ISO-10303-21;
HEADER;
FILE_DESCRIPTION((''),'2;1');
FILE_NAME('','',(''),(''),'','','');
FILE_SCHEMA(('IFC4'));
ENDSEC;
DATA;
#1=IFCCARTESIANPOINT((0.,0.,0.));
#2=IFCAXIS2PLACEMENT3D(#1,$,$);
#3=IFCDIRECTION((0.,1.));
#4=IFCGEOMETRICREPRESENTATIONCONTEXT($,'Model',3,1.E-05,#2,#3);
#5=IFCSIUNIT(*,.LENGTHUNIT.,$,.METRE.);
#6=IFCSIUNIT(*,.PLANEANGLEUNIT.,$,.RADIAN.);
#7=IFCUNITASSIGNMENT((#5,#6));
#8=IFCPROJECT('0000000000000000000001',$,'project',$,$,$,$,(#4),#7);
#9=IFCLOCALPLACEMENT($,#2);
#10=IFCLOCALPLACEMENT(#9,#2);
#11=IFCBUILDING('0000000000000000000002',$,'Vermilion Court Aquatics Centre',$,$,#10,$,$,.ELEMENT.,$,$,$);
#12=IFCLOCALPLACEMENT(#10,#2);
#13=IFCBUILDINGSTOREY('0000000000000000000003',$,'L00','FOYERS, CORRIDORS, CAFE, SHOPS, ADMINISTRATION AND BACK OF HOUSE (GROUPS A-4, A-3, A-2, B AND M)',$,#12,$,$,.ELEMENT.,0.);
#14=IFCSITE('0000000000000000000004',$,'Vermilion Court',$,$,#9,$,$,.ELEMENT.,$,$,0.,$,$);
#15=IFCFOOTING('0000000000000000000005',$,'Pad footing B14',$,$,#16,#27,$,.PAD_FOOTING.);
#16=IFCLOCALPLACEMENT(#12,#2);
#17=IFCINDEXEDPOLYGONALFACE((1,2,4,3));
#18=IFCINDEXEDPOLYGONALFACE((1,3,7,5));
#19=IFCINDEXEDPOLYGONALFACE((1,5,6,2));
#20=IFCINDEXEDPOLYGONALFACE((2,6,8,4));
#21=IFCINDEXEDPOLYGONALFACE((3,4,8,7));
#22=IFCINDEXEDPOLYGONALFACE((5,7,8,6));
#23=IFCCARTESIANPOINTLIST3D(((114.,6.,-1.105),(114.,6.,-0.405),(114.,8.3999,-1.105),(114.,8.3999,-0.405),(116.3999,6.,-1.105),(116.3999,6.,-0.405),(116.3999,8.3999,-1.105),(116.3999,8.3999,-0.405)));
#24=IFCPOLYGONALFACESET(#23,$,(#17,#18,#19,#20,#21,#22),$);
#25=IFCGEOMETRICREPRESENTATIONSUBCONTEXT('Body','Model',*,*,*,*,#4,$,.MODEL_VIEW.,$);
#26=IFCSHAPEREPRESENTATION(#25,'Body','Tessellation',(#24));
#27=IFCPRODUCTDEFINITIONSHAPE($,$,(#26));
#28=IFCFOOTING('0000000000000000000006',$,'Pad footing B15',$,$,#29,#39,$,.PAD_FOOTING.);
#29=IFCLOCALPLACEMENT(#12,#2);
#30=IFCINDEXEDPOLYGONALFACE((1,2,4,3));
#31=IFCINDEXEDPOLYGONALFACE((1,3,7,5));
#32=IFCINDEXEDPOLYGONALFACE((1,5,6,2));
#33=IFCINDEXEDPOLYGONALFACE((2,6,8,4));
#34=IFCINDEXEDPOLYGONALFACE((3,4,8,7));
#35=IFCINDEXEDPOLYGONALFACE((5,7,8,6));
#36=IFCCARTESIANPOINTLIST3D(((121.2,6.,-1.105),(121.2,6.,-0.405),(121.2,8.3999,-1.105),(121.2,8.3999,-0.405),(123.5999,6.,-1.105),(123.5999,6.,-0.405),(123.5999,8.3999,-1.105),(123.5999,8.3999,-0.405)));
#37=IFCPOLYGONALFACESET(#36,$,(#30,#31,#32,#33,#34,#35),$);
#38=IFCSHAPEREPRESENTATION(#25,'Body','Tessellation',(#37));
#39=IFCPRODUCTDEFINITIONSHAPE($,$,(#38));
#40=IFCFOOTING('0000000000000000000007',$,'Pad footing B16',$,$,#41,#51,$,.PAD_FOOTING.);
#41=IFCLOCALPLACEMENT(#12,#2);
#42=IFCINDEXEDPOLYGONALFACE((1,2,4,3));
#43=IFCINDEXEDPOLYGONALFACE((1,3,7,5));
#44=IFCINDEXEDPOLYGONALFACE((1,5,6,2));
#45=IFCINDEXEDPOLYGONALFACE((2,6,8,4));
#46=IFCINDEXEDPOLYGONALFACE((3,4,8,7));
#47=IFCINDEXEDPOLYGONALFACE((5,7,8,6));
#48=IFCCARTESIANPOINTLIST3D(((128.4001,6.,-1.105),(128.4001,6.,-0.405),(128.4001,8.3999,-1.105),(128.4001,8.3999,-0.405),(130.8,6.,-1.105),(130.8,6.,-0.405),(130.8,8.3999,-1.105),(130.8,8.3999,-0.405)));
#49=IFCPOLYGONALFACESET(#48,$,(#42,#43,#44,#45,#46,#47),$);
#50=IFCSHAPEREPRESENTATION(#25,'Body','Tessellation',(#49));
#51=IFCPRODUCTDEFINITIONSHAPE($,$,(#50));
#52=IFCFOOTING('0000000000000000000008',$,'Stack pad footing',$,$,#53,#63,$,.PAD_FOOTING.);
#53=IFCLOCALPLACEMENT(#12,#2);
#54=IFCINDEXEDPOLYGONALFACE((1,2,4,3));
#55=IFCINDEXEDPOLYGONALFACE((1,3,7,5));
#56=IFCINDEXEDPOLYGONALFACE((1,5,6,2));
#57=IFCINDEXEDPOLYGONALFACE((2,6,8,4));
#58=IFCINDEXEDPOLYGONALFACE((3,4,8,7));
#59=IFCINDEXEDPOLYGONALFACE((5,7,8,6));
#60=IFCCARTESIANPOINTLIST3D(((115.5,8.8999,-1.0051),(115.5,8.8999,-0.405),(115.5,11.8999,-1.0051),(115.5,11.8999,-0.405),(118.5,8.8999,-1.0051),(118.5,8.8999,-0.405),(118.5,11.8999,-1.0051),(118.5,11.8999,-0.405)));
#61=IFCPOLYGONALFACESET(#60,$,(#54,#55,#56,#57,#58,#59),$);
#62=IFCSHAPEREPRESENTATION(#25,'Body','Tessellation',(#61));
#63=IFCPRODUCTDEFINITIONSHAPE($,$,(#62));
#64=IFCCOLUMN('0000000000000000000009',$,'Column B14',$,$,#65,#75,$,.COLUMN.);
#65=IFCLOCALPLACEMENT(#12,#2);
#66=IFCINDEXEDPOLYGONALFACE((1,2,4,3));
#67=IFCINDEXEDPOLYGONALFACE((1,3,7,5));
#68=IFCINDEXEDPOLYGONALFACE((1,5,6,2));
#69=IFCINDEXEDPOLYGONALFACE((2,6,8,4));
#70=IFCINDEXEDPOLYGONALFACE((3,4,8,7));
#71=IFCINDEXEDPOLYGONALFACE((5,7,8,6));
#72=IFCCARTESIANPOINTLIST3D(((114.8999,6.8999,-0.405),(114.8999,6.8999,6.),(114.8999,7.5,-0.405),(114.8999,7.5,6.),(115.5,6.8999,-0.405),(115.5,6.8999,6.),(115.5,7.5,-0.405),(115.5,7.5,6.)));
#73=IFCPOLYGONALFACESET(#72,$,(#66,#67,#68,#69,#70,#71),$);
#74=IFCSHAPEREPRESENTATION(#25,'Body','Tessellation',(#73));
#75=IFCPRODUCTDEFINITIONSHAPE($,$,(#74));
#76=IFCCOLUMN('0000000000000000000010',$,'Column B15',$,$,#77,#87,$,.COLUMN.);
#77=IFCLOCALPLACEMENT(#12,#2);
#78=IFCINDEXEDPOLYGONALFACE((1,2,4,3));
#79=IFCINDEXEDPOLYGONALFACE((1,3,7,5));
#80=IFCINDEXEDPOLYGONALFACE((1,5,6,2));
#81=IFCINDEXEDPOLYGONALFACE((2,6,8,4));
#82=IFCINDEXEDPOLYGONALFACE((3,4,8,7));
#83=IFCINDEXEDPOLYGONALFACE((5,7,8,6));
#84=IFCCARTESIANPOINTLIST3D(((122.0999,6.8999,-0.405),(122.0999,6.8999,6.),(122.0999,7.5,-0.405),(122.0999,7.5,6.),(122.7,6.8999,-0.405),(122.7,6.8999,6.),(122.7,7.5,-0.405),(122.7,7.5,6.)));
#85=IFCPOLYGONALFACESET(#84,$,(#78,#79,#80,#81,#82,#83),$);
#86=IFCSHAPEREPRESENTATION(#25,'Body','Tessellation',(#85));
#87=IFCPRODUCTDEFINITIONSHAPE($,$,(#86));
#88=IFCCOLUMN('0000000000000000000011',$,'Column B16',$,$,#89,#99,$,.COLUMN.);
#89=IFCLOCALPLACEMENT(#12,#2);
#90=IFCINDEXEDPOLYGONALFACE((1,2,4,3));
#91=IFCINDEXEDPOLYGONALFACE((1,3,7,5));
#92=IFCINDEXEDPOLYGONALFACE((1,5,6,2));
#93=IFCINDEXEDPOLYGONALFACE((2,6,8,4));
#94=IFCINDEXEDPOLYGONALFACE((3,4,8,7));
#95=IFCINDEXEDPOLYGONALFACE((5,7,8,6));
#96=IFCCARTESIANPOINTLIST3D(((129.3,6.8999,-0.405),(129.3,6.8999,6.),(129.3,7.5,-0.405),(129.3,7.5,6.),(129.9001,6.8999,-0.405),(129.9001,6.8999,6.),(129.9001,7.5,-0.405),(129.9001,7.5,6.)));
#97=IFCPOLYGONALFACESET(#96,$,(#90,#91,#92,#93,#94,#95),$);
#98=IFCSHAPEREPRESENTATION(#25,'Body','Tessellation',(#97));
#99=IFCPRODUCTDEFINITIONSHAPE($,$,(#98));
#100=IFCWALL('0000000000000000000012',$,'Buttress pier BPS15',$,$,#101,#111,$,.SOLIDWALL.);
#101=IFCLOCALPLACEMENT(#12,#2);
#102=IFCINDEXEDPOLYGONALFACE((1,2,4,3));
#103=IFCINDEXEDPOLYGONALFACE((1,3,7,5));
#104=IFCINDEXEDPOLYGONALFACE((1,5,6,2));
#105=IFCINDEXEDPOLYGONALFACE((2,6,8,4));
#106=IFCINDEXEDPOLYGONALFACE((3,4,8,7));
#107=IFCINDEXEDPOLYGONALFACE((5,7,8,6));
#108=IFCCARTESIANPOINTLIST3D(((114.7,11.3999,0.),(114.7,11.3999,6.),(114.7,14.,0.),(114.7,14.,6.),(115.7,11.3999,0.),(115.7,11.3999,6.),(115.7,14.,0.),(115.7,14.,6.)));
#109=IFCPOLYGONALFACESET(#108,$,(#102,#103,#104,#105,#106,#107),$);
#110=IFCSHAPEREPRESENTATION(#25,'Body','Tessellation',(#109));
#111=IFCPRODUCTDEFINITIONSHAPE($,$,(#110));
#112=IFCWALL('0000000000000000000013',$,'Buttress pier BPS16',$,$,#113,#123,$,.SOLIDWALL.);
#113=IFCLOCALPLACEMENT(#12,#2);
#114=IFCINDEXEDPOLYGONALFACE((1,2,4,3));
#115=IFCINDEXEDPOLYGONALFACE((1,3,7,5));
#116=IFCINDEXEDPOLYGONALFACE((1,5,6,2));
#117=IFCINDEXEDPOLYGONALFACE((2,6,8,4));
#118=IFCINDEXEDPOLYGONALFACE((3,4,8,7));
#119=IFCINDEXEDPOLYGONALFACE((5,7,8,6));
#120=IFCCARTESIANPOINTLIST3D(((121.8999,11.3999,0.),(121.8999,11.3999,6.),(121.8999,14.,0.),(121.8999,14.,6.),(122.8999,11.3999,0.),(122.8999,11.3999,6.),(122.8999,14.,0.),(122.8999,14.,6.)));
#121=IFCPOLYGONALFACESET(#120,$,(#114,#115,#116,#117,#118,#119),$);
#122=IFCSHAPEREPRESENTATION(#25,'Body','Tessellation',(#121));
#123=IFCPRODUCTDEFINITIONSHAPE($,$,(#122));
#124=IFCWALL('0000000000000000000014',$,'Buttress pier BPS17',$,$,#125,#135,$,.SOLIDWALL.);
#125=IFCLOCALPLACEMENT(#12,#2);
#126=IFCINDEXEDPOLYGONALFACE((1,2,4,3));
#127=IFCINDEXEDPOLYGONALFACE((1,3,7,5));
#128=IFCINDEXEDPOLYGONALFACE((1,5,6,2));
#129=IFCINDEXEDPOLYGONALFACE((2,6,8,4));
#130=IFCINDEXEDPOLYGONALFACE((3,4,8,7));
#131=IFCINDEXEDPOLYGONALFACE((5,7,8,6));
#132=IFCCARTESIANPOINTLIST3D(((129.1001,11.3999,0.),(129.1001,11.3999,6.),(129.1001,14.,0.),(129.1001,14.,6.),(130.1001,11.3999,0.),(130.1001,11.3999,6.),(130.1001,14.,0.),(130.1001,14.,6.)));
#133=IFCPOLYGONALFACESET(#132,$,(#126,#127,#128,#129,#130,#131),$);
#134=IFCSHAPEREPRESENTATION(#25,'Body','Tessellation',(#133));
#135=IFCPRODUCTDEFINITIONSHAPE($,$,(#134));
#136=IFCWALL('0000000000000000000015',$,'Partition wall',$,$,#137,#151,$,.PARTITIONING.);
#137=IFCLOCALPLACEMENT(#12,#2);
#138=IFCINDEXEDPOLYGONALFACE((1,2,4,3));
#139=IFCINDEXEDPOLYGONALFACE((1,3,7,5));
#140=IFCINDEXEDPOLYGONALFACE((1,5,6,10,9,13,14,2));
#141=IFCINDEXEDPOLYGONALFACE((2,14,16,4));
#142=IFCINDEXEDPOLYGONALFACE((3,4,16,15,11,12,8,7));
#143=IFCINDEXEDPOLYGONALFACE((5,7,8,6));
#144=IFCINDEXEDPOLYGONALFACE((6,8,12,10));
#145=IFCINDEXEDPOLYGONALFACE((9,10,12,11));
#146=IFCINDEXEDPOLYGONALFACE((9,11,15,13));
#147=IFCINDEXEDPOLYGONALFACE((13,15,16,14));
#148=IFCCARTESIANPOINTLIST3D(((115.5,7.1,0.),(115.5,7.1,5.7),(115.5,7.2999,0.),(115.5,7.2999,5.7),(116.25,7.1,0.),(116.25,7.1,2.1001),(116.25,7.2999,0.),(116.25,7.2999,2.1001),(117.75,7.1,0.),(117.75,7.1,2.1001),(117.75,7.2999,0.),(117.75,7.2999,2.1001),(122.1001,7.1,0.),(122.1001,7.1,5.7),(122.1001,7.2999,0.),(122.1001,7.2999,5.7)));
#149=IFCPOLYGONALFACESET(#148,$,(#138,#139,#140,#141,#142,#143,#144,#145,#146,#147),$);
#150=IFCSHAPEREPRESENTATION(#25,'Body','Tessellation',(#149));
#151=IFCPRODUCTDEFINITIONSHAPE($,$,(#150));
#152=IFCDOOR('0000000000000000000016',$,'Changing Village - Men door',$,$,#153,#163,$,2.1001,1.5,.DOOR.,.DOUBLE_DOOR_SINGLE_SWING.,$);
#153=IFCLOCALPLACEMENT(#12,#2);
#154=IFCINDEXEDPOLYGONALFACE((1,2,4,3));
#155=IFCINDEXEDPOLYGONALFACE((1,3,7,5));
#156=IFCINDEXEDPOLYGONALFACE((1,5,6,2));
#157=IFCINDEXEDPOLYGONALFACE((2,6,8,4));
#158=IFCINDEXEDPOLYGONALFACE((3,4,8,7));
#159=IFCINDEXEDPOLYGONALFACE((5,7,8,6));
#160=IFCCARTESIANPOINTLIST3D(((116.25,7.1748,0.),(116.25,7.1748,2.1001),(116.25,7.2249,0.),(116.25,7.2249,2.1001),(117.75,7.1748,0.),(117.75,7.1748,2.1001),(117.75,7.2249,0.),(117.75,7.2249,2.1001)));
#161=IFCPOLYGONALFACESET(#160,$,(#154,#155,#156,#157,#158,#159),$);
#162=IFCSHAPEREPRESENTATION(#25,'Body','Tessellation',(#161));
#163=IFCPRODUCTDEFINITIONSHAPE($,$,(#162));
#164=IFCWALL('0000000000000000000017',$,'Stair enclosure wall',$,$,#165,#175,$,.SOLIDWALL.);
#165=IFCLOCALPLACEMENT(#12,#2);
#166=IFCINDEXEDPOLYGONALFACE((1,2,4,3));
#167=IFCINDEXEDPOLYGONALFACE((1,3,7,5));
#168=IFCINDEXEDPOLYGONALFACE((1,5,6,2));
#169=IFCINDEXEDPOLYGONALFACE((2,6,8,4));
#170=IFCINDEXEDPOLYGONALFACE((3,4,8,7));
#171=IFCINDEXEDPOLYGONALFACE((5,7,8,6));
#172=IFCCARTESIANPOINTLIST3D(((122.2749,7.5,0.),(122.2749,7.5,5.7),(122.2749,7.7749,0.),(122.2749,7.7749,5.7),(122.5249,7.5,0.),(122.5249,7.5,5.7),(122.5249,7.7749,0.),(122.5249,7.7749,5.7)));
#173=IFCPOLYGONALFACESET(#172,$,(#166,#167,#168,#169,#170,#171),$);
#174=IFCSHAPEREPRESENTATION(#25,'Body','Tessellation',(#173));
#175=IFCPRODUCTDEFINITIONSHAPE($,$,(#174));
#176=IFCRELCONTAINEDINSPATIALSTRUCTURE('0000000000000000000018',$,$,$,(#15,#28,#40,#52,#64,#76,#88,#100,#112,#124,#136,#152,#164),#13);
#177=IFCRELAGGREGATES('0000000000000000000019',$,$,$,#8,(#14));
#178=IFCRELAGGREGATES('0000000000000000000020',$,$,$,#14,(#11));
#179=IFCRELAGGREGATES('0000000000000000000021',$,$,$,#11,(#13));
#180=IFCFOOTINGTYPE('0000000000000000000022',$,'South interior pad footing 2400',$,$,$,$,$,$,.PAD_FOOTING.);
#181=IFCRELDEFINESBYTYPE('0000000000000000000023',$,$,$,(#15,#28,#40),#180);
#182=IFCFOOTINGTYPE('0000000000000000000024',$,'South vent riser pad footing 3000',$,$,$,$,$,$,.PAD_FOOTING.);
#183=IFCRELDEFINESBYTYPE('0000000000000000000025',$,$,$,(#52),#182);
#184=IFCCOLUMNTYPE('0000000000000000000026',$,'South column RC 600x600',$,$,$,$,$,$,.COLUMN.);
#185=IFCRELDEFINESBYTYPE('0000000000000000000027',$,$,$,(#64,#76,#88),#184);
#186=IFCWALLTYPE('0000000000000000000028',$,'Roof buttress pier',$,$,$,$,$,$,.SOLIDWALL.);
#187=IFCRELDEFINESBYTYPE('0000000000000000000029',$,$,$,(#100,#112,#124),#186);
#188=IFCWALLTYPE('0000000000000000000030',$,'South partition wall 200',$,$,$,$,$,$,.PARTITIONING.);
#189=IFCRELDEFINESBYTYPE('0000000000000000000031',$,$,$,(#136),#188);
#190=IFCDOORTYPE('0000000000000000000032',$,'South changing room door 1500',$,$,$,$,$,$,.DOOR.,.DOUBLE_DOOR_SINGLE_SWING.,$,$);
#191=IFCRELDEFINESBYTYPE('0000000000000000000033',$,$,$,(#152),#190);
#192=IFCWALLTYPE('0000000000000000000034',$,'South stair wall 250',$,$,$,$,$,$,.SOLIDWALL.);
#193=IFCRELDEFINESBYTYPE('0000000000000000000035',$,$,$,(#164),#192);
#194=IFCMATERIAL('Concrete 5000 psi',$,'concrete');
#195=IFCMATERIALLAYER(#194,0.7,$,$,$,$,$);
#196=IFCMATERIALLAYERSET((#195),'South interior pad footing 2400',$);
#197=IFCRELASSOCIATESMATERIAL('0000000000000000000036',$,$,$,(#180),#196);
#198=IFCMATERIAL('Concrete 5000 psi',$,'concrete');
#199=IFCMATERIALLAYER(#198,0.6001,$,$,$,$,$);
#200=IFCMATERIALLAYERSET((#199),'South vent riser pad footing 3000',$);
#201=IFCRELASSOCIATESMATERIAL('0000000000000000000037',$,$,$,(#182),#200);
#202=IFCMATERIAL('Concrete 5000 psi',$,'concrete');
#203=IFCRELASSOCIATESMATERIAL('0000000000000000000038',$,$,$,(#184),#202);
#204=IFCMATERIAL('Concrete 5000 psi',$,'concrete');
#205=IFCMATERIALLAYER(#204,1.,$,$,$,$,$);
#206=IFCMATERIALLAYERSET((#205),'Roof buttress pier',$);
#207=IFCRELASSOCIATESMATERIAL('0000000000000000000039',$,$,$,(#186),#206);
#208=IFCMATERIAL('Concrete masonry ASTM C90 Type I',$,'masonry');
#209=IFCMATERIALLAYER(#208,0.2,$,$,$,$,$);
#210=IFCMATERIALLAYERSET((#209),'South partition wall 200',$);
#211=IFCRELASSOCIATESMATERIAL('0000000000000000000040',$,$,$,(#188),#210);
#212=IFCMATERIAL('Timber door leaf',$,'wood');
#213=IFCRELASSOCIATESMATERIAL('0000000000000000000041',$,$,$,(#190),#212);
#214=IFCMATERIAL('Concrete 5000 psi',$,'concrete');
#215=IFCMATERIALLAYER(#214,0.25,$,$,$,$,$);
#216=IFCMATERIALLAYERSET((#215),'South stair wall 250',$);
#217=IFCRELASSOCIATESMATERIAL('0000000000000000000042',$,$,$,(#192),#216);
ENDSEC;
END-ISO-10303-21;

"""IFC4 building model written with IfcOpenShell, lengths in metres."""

from ifc_helpers import new_model, si_unit, direction, frame, frame_2d, origin, origin_2d, place, context, subcontext, project, spatial, rectangle, extrude, material, layer, layer_set, material_profile, profile_set, type_object, element, fill, save


model = new_model("IFC4")

# Units and contexts
model_context = context("Model", 3, precision=1e-05, world=origin(), true_north=direction((0.0, 1.0)))
body_context = subcontext(model_context, "Body", "Model", "MODEL_VIEW")
ifc_project = project(units=[si_unit("LENGTHUNIT", "METRE"), si_unit("PLANEANGLEUNIT", "RADIAN")], contexts=[model_context])

# Site, building, storey
site_placement = place(None, origin())
site = spatial("IfcSite", under=ifc_project, at=site_placement, Name="Vermilion Court", CompositionType="ELEMENT", RefElevation=0.0)
building_placement = place(site_placement, origin())
building = spatial("IfcBuilding", under=site, at=building_placement, Name="Vermilion Court Aquatics Centre", CompositionType="ELEMENT")
storey_placement = place(building_placement, origin())
storey = spatial("IfcBuildingStorey", under=building, at=storey_placement, Name="L00", Description="FOYERS, CORRIDORS, CAFE, SHOPS, ADMINISTRATION AND BACK OF HOUSE (GROUPS A-4, A-3, A-2, B AND M)", CompositionType="ELEMENT", Elevation=0.0)

# Footings
ifc_material_1 = material(Name="Concrete 5000 psi", Category="concrete")
ifc_layer_1 = layer(ifc_material_1, 0.7)
ifc_layer_set_1 = layer_set([ifc_layer_1], Name="South interior pad footing 2400")
footing_type_1 = type_object("IfcFootingType", Name="South interior pad footing 2400", PredefinedType="PAD_FOOTING", material=ifc_layer_set_1)
for number, where, z_axis, x_axis, name in (
    (1, (115.2, 7.2, -1.105), (0.0, 0.0, 1.0), (1.0, 0.0, 0.0), "Pad footing B14"),
    (2, (122.3999, 7.2, -1.105), (0.0, 0.0, 1.0), (1.0, 0.0, 0.0), "Pad footing B15"),
    (3, (129.6001, 7.2, -1.105), (0.0, 0.0, 1.0), (1.0, 0.0, 0.0), "Pad footing B16"),
):
    element("IfcFooting", number, at=place(storey_placement, frame(where, z_axis=z_axis, x_axis=x_axis)), inside=storey, type_object=footing_type_1, Name=name, PredefinedType="PAD_FOOTING", context=body_context, shape_type="SweptSolid", body=[
        extrude(rectangle(XDim=2.3999, YDim=2.3999, at=origin_2d()), origin(), (0.0, 0.0, 1.0), 0.7),
    ])
ifc_material_2 = material(Name="Concrete 5000 psi", Category="concrete")
ifc_layer_2 = layer(ifc_material_2, 0.6001)
ifc_layer_set_2 = layer_set([ifc_layer_2], Name="South vent riser pad footing 3000")
footing_type_2 = type_object("IfcFootingType", Name="South vent riser pad footing 3000", PredefinedType="PAD_FOOTING", material=ifc_layer_set_2)
footing_placement = place(storey_placement, frame((117.0, 10.3999, -1.0051), z_axis=(0.0, 0.0, 1.0), x_axis=(1.0, 0.0, 0.0)))
element("IfcFooting", 4, at=footing_placement, inside=storey, type_object=footing_type_2, Name="Stack pad footing", PredefinedType="PAD_FOOTING", context=body_context, shape_type="SweptSolid", body=[
    extrude(rectangle(XDim=3.0, YDim=3.0, at=origin_2d()), origin(), (0.0, 0.0, 1.0), 0.6001),
])

# Columns
ifc_material_3 = material(Name="Concrete 5000 psi", Category="concrete")
ifc_material_profile = material_profile(ifc_material_3, rectangle(XDim=0.6001, YDim=0.6001, at=origin_2d()), Name="RC 600x600")
ifc_profile_set = profile_set([ifc_material_profile], Name="Concrete 5000 psi")
column_type = type_object("IfcColumnType", Name="South column RC 600x600", PredefinedType="COLUMN", material=ifc_profile_set)
for number, where, z_axis, x_axis, name in (
    (5, (115.2, 7.2, -0.405), (0.0, 0.0, 1.0), (1.0, 0.0, 0.0), "Column B14"),
    (6, (122.3999, 7.2, -0.405), (0.0, 0.0, 1.0), (1.0, 0.0, 0.0), "Column B15"),
    (7, (129.6001, 7.2, -0.405), (0.0, 0.0, 1.0), (1.0, 0.0, 0.0), "Column B16"),
):
    element("IfcColumn", number, at=place(storey_placement, frame(where, z_axis=z_axis, x_axis=x_axis)), inside=storey, type_object=column_type, Name=name, PredefinedType="COLUMN", context=body_context, shape_type="SweptSolid", body=[
        extrude(rectangle(XDim=0.6001, YDim=0.6001, at=origin_2d()), origin(), (0.0, 0.0, 1.0), 6.405),
    ])

# Walls
ifc_material_4 = material(Name="Concrete 5000 psi", Category="concrete")
ifc_layer_3 = layer(ifc_material_4, 1.0)
ifc_layer_set_3 = layer_set([ifc_layer_3], Name="Roof buttress pier")
wall_type_1 = type_object("IfcWallType", Name="Roof buttress pier", PredefinedType="SOLIDWALL", material=ifc_layer_set_3)
for number, where, z_axis, x_axis, name in (
    (8, (115.2, 11.3999, 0.0), (0.0, 0.0, 1.0), (0.0, 1.0, 0.0), "Buttress pier BPS15"),
    (9, (122.3999, 11.3999, 0.0), (0.0, 0.0, 1.0), (0.0, 1.0, 0.0), "Buttress pier BPS16"),
    (10, (129.6001, 11.3999, 0.0), (0.0, 0.0, 1.0), (0.0, 1.0, 0.0), "Buttress pier BPS17"),
):
    element("IfcWall", number, at=place(storey_placement, frame(where, z_axis=z_axis, x_axis=x_axis)), inside=storey, type_object=wall_type_1, Name=name, PredefinedType="SOLIDWALL", context=body_context, shape_type="SweptSolid", body=[
        extrude(rectangle(XDim=2.6001, YDim=1.0, at=frame_2d((1.3, 0.0))), origin(), (0.0, 0.0, 1.0), 6.0),
    ])

# Wall, opening, door
ifc_material_5 = material(Name="Concrete masonry ASTM C90 Type I", Category="masonry")
ifc_layer_4 = layer(ifc_material_5, 0.2)
ifc_layer_set_4 = layer_set([ifc_layer_4], Name="South partition wall 200")
wall_type_2 = type_object("IfcWallType", Name="South partition wall 200", PredefinedType="PARTITIONING", material=ifc_layer_set_4)
wall_1_placement = place(storey_placement, frame((115.5, 7.2, 0.0), z_axis=(0.0, 0.0, 1.0), x_axis=(1.0, 0.0, 0.0)))
wall_1 = element("IfcWall", 11, at=wall_1_placement, inside=storey, type_object=wall_type_2, Name="Partition wall", PredefinedType="PARTITIONING", context=body_context, shape_type="SweptSolid", body=[
    extrude(rectangle(XDim=6.6001, YDim=0.2, at=frame_2d((3.3, 0.0))), origin(), (0.0, 0.0, 1.0), 5.7),
])
opening_1_placement = place(wall_1_placement, frame((0.75, 0.0, 0.0)))
opening_1 = element("IfcOpeningElement", 12, at=opening_1_placement, cuts=wall_1, PredefinedType="OPENING", context=body_context, shape_type="SweptSolid", body=[
    extrude(rectangle(XDim=1.5, YDim=2.1001, at=frame_2d((0.75, 1.05))), frame((0.0, 0.1099, 0.0), z_axis=(0.0, -1.0, 0.0), x_axis=(1.0, 0.0, 0.0)), (0.0, 0.0, 1.0), 0.22),
])
ifc_material_6 = material(Name="Timber door leaf", Category="wood")
door_type_1 = type_object("IfcDoorType", Name="South changing room door 1500", OperationType="DOUBLE_DOOR_SINGLE_SWING", PredefinedType="DOOR", material=ifc_material_6)
door_1_placement = place(opening_1_placement, origin())
door_1 = element("IfcDoor", 13, at=door_1_placement, inside=storey, type_object=door_type_1, Name="Changing Village - Men door", OperationType="DOUBLE_DOOR_SINGLE_SWING", OverallHeight=2.1001, OverallWidth=1.5, PredefinedType="DOOR", context=body_context, shape_type="SweptSolid", body=[
    extrude(rectangle(XDim=1.5, YDim=2.1001, at=frame_2d((0.75, 1.05))), frame((0.0, 0.0249, 0.0), z_axis=(0.0, -1.0, 0.0), x_axis=(1.0, 0.0, 0.0)), (0.0, 0.0, 1.0), 0.05),
])
fill(opening_1, door_1)

# Wall
ifc_material_7 = material(Name="Concrete 5000 psi", Category="concrete")
ifc_layer_5 = layer(ifc_material_7, 0.25)
ifc_layer_set_5 = layer_set([ifc_layer_5], Name="South stair wall 250")
wall_type_3 = type_object("IfcWallType", Name="South stair wall 250", PredefinedType="SOLIDWALL", material=ifc_layer_set_5)
wall_2_placement = place(storey_placement, frame((122.3999, 7.5, 0.0), z_axis=(0.0, 0.0, 1.0), x_axis=(0.0, 1.0, 0.0)))
element("IfcWall", 14, at=wall_2_placement, inside=storey, type_object=wall_type_3, Name="Stair enclosure wall", PredefinedType="SOLIDWALL", context=body_context, shape_type="SweptSolid", body=[
    extrude(rectangle(XDim=0.2749, YDim=0.25, at=frame_2d((0.1375, 0.0))), origin(), (0.0, 0.0, 1.0), 5.7),
])

save(model, "model.ifc")
